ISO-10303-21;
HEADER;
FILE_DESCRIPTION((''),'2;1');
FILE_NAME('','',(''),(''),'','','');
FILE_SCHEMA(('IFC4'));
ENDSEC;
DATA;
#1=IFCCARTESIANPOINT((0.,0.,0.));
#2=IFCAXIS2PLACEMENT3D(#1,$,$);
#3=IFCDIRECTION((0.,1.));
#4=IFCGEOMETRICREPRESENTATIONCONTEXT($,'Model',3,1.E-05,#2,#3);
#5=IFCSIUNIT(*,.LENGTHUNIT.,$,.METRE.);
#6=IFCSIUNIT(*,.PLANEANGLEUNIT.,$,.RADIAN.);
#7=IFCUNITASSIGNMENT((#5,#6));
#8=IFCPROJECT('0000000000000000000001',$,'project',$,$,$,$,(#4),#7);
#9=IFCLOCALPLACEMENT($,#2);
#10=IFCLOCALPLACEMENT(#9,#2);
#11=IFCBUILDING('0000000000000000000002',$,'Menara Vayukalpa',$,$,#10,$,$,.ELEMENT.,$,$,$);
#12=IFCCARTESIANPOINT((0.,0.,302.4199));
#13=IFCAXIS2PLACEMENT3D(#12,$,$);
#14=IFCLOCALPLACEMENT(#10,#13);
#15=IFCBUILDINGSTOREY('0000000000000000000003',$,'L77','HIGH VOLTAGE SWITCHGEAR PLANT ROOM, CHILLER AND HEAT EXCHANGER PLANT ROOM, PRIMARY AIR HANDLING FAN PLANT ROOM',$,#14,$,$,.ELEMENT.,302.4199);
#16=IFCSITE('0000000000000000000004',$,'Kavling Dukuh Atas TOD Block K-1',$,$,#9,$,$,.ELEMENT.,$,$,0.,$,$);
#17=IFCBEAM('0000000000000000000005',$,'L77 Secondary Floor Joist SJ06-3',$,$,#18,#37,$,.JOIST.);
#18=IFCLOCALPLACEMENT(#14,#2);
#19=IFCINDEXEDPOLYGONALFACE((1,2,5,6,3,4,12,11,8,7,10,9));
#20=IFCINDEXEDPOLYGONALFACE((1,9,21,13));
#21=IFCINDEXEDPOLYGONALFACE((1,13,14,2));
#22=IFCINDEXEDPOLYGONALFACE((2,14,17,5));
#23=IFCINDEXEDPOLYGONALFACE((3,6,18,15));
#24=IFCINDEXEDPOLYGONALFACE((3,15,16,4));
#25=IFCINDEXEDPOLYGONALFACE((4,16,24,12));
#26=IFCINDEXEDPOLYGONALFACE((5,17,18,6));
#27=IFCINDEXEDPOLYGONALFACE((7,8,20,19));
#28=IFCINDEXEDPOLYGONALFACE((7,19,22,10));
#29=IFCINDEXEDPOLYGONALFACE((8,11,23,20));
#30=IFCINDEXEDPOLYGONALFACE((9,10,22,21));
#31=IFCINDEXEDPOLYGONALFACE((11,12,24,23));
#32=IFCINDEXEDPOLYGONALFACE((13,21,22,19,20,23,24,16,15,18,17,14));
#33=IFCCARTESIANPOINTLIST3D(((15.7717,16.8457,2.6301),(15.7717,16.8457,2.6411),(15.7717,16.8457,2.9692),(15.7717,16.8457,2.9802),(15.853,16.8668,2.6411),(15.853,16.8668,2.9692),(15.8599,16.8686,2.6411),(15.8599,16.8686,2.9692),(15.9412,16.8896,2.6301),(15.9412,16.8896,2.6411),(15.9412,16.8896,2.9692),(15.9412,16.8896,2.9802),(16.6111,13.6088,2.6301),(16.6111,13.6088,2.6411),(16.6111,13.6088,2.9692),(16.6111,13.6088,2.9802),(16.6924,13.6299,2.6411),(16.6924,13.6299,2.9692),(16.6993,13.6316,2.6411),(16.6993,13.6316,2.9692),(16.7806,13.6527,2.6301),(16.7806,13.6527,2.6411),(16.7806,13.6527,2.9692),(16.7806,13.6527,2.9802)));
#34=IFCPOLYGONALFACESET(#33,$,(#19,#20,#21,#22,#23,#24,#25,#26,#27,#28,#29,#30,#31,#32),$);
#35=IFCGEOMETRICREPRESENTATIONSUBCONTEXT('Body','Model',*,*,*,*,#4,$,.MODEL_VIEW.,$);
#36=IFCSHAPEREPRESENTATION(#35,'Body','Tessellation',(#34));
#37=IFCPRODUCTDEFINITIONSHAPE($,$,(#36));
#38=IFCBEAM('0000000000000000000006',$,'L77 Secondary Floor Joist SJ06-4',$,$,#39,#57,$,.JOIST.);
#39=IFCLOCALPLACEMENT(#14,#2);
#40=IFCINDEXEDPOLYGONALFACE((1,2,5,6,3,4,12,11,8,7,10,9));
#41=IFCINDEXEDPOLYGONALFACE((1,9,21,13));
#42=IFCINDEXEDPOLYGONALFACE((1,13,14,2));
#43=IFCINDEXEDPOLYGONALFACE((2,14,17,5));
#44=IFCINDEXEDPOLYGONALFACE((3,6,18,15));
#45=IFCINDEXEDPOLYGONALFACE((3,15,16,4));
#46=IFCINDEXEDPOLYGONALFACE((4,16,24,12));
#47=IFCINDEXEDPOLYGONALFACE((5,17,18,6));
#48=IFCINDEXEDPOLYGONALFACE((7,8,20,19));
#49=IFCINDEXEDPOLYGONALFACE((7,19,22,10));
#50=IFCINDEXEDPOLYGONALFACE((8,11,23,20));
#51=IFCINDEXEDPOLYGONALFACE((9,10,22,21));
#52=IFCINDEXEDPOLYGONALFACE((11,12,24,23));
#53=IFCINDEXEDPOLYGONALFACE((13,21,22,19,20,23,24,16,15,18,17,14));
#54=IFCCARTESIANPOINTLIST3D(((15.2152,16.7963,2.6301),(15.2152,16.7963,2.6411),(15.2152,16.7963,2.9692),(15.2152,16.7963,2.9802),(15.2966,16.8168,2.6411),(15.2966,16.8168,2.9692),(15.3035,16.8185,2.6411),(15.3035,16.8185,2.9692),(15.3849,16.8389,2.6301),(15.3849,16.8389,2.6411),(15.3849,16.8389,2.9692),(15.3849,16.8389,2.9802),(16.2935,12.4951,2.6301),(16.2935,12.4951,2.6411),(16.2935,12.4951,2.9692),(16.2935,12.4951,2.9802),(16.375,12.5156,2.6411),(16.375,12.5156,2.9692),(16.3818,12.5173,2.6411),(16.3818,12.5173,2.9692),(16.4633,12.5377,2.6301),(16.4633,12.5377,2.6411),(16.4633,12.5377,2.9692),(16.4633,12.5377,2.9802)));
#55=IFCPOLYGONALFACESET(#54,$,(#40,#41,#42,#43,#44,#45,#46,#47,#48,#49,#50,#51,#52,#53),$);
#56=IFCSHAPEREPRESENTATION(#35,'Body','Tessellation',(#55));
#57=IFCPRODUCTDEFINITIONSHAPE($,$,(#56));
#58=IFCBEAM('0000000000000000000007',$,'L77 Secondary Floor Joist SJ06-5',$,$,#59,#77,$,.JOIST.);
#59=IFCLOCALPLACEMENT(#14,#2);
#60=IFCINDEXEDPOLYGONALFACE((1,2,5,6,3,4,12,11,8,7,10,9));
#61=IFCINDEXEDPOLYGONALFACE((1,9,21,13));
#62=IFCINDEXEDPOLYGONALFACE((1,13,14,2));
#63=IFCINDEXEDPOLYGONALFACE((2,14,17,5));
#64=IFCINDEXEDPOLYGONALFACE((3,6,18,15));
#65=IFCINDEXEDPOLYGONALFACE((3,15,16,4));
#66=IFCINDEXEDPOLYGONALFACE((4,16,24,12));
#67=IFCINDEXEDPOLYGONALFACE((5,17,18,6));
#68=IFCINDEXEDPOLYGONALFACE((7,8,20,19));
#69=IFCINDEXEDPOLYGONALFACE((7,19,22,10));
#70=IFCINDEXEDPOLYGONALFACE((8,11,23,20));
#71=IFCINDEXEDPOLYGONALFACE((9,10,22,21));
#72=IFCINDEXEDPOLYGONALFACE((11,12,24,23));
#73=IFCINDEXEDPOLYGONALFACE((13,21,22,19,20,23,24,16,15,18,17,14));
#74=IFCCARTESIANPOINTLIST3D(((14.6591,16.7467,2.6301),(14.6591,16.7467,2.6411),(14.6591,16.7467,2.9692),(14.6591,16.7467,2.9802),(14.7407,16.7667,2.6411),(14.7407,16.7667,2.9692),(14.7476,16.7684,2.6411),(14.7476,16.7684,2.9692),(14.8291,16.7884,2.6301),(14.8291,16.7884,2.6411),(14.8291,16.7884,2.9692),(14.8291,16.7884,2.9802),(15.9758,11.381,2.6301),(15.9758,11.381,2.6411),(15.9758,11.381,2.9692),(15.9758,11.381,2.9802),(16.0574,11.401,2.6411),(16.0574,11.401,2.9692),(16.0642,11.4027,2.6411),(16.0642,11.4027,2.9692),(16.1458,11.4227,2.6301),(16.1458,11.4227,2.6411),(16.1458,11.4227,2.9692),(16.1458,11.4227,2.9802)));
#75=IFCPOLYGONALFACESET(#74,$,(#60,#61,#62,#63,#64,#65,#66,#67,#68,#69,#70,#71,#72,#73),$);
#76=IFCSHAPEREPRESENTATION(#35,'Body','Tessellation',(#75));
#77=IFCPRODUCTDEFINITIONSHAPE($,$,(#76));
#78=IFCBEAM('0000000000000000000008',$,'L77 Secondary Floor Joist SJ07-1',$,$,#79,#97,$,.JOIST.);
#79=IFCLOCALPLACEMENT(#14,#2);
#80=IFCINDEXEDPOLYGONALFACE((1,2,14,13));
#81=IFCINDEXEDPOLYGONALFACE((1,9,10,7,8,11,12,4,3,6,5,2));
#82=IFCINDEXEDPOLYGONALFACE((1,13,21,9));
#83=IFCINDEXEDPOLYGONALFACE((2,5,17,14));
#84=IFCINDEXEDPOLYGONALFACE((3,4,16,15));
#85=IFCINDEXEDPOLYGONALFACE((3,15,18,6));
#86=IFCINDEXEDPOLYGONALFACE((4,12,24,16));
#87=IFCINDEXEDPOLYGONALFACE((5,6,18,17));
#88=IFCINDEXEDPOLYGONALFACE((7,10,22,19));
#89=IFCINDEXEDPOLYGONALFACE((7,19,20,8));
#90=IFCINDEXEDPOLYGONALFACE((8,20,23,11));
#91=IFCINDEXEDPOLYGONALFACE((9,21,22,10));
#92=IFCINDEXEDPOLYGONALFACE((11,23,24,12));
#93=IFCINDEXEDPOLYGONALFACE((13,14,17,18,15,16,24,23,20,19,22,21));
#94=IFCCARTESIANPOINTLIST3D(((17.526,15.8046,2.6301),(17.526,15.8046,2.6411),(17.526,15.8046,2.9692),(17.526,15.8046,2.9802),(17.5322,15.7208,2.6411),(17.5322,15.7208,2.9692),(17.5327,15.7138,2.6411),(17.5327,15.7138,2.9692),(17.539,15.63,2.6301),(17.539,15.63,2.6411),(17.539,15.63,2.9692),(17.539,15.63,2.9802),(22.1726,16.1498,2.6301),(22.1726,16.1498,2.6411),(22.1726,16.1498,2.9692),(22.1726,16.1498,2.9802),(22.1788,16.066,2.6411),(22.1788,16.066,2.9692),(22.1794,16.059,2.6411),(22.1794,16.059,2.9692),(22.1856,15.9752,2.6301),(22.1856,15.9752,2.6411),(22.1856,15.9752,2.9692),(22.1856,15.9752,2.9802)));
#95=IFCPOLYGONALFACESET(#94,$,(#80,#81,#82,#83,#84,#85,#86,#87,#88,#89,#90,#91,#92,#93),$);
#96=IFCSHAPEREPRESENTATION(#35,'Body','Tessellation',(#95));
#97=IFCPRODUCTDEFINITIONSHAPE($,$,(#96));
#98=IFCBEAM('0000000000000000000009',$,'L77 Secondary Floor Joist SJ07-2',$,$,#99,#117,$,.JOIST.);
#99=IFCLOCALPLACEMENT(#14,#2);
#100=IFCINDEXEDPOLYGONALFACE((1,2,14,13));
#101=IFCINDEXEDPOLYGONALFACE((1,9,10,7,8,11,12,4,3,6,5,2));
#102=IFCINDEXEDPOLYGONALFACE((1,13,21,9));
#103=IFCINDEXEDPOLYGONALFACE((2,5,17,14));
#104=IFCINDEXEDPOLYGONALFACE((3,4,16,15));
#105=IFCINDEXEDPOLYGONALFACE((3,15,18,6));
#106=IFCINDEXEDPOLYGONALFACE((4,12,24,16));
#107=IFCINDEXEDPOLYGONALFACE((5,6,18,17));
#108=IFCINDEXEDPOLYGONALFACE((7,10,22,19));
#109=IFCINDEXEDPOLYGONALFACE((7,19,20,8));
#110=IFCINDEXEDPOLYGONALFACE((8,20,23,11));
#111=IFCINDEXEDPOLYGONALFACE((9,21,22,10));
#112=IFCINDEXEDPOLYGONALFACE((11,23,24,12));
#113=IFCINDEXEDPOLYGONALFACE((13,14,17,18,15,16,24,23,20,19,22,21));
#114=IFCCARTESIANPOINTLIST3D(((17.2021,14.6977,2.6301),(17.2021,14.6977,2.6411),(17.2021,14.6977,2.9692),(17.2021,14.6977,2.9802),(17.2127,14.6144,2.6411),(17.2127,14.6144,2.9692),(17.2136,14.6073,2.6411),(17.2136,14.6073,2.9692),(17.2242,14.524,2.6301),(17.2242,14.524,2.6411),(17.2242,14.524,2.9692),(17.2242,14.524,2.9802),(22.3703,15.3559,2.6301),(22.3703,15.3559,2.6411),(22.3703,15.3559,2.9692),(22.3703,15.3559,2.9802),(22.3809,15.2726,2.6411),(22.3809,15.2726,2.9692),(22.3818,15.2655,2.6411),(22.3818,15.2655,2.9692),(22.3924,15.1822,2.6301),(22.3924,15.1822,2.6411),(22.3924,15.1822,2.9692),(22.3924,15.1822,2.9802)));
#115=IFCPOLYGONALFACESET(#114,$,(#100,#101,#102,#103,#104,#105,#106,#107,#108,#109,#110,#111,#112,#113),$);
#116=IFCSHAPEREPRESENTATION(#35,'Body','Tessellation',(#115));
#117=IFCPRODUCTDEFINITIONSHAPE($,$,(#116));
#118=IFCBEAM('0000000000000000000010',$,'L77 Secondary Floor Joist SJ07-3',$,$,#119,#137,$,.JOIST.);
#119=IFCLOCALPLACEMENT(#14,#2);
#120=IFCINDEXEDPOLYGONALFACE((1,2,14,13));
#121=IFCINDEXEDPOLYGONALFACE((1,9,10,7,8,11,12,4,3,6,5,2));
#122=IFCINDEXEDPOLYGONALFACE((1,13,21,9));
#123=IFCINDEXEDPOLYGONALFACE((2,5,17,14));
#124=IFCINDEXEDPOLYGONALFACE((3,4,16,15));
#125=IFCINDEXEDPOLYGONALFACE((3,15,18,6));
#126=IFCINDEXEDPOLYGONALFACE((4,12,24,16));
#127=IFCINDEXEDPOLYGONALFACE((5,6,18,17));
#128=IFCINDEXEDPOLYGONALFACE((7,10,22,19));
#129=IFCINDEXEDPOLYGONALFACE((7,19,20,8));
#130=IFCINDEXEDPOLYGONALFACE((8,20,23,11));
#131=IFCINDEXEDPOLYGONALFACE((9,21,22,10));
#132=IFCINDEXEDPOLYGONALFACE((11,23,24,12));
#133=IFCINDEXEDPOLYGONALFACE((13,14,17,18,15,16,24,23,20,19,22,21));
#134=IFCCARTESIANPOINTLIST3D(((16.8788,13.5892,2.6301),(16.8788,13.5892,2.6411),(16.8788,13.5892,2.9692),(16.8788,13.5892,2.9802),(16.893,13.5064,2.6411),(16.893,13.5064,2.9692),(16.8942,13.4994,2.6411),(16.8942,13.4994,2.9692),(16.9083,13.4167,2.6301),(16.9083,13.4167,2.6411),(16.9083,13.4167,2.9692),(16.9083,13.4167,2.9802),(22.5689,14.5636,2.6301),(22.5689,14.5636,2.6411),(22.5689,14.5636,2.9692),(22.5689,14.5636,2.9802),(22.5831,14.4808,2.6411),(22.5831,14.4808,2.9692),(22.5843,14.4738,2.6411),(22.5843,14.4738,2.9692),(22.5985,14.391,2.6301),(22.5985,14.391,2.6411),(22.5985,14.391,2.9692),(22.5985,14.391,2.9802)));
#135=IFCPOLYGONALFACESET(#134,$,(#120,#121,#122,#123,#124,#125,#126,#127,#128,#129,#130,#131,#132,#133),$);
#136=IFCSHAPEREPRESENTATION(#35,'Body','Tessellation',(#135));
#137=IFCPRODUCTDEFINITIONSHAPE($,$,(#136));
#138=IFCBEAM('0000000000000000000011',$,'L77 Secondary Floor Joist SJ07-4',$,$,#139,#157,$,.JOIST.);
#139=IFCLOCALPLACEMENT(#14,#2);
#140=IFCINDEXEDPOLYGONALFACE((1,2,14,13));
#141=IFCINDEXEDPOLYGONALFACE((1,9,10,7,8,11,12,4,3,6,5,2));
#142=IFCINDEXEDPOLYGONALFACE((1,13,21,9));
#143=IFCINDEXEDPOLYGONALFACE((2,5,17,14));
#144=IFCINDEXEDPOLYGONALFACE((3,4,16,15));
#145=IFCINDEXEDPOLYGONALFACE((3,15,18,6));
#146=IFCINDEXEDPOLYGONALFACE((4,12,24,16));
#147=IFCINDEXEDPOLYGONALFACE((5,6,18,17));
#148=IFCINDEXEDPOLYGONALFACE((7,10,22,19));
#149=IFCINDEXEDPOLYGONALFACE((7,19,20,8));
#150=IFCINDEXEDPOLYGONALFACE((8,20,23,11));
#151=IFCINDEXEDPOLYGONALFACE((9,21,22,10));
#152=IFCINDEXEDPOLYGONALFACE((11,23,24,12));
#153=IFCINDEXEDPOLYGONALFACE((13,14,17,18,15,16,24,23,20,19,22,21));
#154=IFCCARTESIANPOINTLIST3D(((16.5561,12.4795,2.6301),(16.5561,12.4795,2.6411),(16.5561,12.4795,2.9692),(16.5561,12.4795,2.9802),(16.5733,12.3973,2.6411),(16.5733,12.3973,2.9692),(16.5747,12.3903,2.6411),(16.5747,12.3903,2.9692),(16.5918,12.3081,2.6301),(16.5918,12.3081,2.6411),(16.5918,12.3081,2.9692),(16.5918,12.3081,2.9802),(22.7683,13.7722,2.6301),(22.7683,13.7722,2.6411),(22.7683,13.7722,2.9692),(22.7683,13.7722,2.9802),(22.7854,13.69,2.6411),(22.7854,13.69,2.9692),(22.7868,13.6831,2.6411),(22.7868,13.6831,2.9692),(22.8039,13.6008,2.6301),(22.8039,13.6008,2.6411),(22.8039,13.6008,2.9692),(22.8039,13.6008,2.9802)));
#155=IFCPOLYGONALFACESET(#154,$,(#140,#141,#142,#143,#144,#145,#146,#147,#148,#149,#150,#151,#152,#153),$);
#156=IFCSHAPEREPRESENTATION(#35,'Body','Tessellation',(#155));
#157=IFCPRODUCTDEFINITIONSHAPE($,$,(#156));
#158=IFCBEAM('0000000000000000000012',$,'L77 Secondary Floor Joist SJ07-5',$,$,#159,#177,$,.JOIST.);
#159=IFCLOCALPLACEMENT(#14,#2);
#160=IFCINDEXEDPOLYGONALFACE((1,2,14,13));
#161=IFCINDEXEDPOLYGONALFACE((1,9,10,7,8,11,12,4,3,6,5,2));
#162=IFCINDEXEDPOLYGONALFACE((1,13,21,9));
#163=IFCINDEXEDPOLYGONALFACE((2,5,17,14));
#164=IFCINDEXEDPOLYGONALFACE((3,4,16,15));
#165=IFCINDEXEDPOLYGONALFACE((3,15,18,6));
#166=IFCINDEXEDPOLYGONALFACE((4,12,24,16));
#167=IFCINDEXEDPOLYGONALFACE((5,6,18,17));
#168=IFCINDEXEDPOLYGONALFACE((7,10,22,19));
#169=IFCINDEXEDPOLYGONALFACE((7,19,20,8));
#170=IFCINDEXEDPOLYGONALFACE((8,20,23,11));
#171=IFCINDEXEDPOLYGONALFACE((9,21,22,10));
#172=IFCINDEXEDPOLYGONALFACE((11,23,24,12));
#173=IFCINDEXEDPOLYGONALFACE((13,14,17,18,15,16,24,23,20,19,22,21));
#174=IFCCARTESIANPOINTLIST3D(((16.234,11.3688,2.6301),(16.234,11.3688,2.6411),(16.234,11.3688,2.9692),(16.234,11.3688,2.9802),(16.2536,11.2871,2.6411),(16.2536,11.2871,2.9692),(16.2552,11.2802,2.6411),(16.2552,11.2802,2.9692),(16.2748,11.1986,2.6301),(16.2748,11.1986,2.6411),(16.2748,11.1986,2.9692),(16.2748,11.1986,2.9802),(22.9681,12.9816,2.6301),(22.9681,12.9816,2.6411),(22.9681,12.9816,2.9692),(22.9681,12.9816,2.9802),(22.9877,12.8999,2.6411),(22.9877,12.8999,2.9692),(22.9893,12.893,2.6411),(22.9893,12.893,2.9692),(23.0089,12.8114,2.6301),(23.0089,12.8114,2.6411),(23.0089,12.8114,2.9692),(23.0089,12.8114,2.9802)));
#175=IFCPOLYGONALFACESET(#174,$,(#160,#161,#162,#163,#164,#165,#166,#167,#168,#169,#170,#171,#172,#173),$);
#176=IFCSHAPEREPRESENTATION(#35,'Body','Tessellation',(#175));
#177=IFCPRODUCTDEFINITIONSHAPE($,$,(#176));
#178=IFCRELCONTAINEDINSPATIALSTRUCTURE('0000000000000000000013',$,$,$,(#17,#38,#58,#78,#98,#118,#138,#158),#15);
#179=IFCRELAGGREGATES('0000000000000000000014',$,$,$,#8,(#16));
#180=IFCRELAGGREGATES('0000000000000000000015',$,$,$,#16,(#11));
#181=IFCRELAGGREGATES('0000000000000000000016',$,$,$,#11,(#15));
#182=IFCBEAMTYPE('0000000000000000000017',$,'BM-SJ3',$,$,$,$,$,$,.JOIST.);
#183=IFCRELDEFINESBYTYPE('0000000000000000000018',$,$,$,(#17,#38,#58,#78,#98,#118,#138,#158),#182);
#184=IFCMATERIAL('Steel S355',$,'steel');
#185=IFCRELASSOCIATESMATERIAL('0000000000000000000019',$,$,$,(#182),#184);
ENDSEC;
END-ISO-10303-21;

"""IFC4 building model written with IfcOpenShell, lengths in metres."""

from ifc_helpers import new_model, si_unit, direction, frame, origin, origin_2d, place, context, subcontext, project, spatial, i_section, extrude, material, material_profile, profile_set, type_object, element, save


model = new_model("IFC4")

# Units and contexts
model_context = context("Model", 3, precision=1e-05, world=origin(), true_north=direction((0.0, 1.0)))
body_context = subcontext(model_context, "Body", "Model", "MODEL_VIEW")
ifc_project = project(units=[si_unit("LENGTHUNIT", "METRE"), si_unit("PLANEANGLEUNIT", "RADIAN")], contexts=[model_context])

# Site, building, storey
site_placement = place(None, origin())
site = spatial("IfcSite", under=ifc_project, at=site_placement, Name="Kavling Dukuh Atas TOD Block K-1", CompositionType="ELEMENT", RefElevation=0.0)
building_placement = place(site_placement, origin())
building = spatial("IfcBuilding", under=site, at=building_placement, Name="Menara Vayukalpa", CompositionType="ELEMENT")
storey_placement = place(building_placement, frame((0.0, 0.0, 302.4199)))
storey = spatial("IfcBuildingStorey", under=building, at=storey_placement, Name="L77", Description="HIGH VOLTAGE SWITCHGEAR PLANT ROOM, CHILLER AND HEAT EXCHANGER PLANT ROOM, PRIMARY AIR HANDLING FAN PLANT ROOM", CompositionType="ELEMENT", Elevation=302.4199)

# Beams
ifc_material_1 = material(Name="Steel S355", Category="steel")
ifc_material_profile_1 = material_profile(ifc_material_1, i_section(OverallWidth=0.175, OverallDepth=0.3501, WebThickness=0.0071, FlangeThickness=0.011, at=origin_2d()), Name="WF 350x175x7x11")
ifc_profile_set_1 = profile_set([ifc_material_profile_1], Name="Steel S355")
beam_type_1 = type_object("IfcBeamType", Name="BM-SJ3", PredefinedType="JOIST", material=ifc_profile_set_1)
beam_1_placement = place(storey_placement, frame((15.8564, 16.8677, 2.8052), z_axis=(0.251013, -0.967984, 0.0), x_axis=(0.967984, 0.251013, 0.0)))
element("IfcBeam", 1, at=beam_1_placement, inside=storey, type_object=beam_type_1, Name="L77 Secondary Floor Joist SJ06-3", PredefinedType="JOIST", context=body_context, shape_type="SweptSolid", body=[
    extrude(i_section(OverallWidth=0.175, OverallDepth=0.3501, WebThickness=0.0071, FlangeThickness=0.011, at=origin_2d()), origin(), (0.0, 0.0, 1.0), 3.344),
])
beam_2_placement = place(storey_placement, frame((15.3, 16.8176, 2.8052), z_axis=(0.243183, -0.96998, 0.0), x_axis=(0.96998, 0.243183, 0.0)))
element("IfcBeam", 2, at=beam_2_placement, inside=storey, type_object=beam_type_1, Name="L77 Secondary Floor Joist SJ06-4", PredefinedType="JOIST", context=body_context, shape_type="SweptSolid", body=[
    extrude(i_section(OverallWidth=0.175, OverallDepth=0.3501, WebThickness=0.0071, FlangeThickness=0.011, at=origin_2d()), origin(), (0.0, 0.0, 1.0), 4.4343),
])
beam_3_placement = place(storey_placement, frame((14.7441, 16.7676, 2.8052), z_axis=(0.238312, -0.971189, 0.0), x_axis=(0.971189, 0.238312, 0.0)))
element("IfcBeam", 3, at=beam_3_placement, inside=storey, type_object=beam_type_1, Name="L77 Secondary Floor Joist SJ06-5", PredefinedType="JOIST", context=body_context, shape_type="SweptSolid", body=[
    extrude(i_section(OverallWidth=0.175, OverallDepth=0.3501, WebThickness=0.0071, FlangeThickness=0.011, at=origin_2d()), origin(), (0.0, 0.0, 1.0), 5.5249),
])
beam_4_placement = place(storey_placement, frame((17.5325, 15.7173, 2.8052), z_axis=(0.997252, 0.074088, 0.0), x_axis=(-0.074088, 0.997252, 0.0)))
element("IfcBeam", 4, at=beam_4_placement, inside=storey, type_object=beam_type_1, Name="L77 Secondary Floor Joist SJ07-1", PredefinedType="JOIST", context=body_context, shape_type="SweptSolid", body=[
    extrude(i_section(OverallWidth=0.175, OverallDepth=0.3501, WebThickness=0.0071, FlangeThickness=0.011, at=origin_2d()), origin(), (0.0, 0.0, 1.0), 4.6594),
])
beam_5_placement = place(storey_placement, frame((17.2131, 14.6108, 2.8052), z_axis=(0.991988, 0.126336, 0.0), x_axis=(-0.126336, 0.991988, 0.0)))
element("IfcBeam", 5, at=beam_5_placement, inside=storey, type_object=beam_type_1, Name="L77 Secondary Floor Joist SJ07-2", PredefinedType="JOIST", context=body_context, shape_type="SweptSolid", body=[
    extrude(i_section(OverallWidth=0.175, OverallDepth=0.3501, WebThickness=0.0071, FlangeThickness=0.011, at=origin_2d()), origin(), (0.0, 0.0, 1.0), 5.21),
])
beam_6_placement = place(storey_placement, frame((16.8936, 13.5029, 2.8052), z_axis=(0.985654, 0.16878, 0.0), x_axis=(-0.16878, 0.985654, 0.0)))
element("IfcBeam", 6, at=beam_6_placement, inside=storey, type_object=beam_type_1, Name="L77 Secondary Floor Joist SJ07-3", PredefinedType="JOIST", context=body_context, shape_type="SweptSolid", body=[
    extrude(i_section(OverallWidth=0.175, OverallDepth=0.3501, WebThickness=0.0071, FlangeThickness=0.011, at=origin_2d()), origin(), (0.0, 0.0, 1.0), 5.7729),
])
beam_7_placement = place(storey_placement, frame((16.574, 12.3938, 2.8052), z_axis=(0.979027, 0.203731, 0.0), x_axis=(-0.203731, 0.979027, 0.0)))
element("IfcBeam", 7, at=beam_7_placement, inside=storey, type_object=beam_type_1, Name="L77 Secondary Floor Joist SJ07-4", PredefinedType="JOIST", context=body_context, shape_type="SweptSolid", body=[
    extrude(i_section(OverallWidth=0.175, OverallDepth=0.3501, WebThickness=0.0071, FlangeThickness=0.011, at=origin_2d()), origin(), (0.0, 0.0, 1.0), 6.3452),
])
beam_8_placement = place(storey_placement, frame((16.2544, 11.2837, 2.8052), z_axis=(0.972499, 0.232909, 0.0), x_axis=(-0.232909, 0.972499, 0.0)))
element("IfcBeam", 8, at=beam_8_placement, inside=storey, type_object=beam_type_1, Name="L77 Secondary Floor Joist SJ07-5", PredefinedType="JOIST", context=body_context, shape_type="SweptSolid", body=[
    extrude(i_section(OverallWidth=0.175, OverallDepth=0.3501, WebThickness=0.0071, FlangeThickness=0.011, at=origin_2d()), origin(), (0.0, 0.0, 1.0), 6.9246),
])

save(model, "model.ifc")
